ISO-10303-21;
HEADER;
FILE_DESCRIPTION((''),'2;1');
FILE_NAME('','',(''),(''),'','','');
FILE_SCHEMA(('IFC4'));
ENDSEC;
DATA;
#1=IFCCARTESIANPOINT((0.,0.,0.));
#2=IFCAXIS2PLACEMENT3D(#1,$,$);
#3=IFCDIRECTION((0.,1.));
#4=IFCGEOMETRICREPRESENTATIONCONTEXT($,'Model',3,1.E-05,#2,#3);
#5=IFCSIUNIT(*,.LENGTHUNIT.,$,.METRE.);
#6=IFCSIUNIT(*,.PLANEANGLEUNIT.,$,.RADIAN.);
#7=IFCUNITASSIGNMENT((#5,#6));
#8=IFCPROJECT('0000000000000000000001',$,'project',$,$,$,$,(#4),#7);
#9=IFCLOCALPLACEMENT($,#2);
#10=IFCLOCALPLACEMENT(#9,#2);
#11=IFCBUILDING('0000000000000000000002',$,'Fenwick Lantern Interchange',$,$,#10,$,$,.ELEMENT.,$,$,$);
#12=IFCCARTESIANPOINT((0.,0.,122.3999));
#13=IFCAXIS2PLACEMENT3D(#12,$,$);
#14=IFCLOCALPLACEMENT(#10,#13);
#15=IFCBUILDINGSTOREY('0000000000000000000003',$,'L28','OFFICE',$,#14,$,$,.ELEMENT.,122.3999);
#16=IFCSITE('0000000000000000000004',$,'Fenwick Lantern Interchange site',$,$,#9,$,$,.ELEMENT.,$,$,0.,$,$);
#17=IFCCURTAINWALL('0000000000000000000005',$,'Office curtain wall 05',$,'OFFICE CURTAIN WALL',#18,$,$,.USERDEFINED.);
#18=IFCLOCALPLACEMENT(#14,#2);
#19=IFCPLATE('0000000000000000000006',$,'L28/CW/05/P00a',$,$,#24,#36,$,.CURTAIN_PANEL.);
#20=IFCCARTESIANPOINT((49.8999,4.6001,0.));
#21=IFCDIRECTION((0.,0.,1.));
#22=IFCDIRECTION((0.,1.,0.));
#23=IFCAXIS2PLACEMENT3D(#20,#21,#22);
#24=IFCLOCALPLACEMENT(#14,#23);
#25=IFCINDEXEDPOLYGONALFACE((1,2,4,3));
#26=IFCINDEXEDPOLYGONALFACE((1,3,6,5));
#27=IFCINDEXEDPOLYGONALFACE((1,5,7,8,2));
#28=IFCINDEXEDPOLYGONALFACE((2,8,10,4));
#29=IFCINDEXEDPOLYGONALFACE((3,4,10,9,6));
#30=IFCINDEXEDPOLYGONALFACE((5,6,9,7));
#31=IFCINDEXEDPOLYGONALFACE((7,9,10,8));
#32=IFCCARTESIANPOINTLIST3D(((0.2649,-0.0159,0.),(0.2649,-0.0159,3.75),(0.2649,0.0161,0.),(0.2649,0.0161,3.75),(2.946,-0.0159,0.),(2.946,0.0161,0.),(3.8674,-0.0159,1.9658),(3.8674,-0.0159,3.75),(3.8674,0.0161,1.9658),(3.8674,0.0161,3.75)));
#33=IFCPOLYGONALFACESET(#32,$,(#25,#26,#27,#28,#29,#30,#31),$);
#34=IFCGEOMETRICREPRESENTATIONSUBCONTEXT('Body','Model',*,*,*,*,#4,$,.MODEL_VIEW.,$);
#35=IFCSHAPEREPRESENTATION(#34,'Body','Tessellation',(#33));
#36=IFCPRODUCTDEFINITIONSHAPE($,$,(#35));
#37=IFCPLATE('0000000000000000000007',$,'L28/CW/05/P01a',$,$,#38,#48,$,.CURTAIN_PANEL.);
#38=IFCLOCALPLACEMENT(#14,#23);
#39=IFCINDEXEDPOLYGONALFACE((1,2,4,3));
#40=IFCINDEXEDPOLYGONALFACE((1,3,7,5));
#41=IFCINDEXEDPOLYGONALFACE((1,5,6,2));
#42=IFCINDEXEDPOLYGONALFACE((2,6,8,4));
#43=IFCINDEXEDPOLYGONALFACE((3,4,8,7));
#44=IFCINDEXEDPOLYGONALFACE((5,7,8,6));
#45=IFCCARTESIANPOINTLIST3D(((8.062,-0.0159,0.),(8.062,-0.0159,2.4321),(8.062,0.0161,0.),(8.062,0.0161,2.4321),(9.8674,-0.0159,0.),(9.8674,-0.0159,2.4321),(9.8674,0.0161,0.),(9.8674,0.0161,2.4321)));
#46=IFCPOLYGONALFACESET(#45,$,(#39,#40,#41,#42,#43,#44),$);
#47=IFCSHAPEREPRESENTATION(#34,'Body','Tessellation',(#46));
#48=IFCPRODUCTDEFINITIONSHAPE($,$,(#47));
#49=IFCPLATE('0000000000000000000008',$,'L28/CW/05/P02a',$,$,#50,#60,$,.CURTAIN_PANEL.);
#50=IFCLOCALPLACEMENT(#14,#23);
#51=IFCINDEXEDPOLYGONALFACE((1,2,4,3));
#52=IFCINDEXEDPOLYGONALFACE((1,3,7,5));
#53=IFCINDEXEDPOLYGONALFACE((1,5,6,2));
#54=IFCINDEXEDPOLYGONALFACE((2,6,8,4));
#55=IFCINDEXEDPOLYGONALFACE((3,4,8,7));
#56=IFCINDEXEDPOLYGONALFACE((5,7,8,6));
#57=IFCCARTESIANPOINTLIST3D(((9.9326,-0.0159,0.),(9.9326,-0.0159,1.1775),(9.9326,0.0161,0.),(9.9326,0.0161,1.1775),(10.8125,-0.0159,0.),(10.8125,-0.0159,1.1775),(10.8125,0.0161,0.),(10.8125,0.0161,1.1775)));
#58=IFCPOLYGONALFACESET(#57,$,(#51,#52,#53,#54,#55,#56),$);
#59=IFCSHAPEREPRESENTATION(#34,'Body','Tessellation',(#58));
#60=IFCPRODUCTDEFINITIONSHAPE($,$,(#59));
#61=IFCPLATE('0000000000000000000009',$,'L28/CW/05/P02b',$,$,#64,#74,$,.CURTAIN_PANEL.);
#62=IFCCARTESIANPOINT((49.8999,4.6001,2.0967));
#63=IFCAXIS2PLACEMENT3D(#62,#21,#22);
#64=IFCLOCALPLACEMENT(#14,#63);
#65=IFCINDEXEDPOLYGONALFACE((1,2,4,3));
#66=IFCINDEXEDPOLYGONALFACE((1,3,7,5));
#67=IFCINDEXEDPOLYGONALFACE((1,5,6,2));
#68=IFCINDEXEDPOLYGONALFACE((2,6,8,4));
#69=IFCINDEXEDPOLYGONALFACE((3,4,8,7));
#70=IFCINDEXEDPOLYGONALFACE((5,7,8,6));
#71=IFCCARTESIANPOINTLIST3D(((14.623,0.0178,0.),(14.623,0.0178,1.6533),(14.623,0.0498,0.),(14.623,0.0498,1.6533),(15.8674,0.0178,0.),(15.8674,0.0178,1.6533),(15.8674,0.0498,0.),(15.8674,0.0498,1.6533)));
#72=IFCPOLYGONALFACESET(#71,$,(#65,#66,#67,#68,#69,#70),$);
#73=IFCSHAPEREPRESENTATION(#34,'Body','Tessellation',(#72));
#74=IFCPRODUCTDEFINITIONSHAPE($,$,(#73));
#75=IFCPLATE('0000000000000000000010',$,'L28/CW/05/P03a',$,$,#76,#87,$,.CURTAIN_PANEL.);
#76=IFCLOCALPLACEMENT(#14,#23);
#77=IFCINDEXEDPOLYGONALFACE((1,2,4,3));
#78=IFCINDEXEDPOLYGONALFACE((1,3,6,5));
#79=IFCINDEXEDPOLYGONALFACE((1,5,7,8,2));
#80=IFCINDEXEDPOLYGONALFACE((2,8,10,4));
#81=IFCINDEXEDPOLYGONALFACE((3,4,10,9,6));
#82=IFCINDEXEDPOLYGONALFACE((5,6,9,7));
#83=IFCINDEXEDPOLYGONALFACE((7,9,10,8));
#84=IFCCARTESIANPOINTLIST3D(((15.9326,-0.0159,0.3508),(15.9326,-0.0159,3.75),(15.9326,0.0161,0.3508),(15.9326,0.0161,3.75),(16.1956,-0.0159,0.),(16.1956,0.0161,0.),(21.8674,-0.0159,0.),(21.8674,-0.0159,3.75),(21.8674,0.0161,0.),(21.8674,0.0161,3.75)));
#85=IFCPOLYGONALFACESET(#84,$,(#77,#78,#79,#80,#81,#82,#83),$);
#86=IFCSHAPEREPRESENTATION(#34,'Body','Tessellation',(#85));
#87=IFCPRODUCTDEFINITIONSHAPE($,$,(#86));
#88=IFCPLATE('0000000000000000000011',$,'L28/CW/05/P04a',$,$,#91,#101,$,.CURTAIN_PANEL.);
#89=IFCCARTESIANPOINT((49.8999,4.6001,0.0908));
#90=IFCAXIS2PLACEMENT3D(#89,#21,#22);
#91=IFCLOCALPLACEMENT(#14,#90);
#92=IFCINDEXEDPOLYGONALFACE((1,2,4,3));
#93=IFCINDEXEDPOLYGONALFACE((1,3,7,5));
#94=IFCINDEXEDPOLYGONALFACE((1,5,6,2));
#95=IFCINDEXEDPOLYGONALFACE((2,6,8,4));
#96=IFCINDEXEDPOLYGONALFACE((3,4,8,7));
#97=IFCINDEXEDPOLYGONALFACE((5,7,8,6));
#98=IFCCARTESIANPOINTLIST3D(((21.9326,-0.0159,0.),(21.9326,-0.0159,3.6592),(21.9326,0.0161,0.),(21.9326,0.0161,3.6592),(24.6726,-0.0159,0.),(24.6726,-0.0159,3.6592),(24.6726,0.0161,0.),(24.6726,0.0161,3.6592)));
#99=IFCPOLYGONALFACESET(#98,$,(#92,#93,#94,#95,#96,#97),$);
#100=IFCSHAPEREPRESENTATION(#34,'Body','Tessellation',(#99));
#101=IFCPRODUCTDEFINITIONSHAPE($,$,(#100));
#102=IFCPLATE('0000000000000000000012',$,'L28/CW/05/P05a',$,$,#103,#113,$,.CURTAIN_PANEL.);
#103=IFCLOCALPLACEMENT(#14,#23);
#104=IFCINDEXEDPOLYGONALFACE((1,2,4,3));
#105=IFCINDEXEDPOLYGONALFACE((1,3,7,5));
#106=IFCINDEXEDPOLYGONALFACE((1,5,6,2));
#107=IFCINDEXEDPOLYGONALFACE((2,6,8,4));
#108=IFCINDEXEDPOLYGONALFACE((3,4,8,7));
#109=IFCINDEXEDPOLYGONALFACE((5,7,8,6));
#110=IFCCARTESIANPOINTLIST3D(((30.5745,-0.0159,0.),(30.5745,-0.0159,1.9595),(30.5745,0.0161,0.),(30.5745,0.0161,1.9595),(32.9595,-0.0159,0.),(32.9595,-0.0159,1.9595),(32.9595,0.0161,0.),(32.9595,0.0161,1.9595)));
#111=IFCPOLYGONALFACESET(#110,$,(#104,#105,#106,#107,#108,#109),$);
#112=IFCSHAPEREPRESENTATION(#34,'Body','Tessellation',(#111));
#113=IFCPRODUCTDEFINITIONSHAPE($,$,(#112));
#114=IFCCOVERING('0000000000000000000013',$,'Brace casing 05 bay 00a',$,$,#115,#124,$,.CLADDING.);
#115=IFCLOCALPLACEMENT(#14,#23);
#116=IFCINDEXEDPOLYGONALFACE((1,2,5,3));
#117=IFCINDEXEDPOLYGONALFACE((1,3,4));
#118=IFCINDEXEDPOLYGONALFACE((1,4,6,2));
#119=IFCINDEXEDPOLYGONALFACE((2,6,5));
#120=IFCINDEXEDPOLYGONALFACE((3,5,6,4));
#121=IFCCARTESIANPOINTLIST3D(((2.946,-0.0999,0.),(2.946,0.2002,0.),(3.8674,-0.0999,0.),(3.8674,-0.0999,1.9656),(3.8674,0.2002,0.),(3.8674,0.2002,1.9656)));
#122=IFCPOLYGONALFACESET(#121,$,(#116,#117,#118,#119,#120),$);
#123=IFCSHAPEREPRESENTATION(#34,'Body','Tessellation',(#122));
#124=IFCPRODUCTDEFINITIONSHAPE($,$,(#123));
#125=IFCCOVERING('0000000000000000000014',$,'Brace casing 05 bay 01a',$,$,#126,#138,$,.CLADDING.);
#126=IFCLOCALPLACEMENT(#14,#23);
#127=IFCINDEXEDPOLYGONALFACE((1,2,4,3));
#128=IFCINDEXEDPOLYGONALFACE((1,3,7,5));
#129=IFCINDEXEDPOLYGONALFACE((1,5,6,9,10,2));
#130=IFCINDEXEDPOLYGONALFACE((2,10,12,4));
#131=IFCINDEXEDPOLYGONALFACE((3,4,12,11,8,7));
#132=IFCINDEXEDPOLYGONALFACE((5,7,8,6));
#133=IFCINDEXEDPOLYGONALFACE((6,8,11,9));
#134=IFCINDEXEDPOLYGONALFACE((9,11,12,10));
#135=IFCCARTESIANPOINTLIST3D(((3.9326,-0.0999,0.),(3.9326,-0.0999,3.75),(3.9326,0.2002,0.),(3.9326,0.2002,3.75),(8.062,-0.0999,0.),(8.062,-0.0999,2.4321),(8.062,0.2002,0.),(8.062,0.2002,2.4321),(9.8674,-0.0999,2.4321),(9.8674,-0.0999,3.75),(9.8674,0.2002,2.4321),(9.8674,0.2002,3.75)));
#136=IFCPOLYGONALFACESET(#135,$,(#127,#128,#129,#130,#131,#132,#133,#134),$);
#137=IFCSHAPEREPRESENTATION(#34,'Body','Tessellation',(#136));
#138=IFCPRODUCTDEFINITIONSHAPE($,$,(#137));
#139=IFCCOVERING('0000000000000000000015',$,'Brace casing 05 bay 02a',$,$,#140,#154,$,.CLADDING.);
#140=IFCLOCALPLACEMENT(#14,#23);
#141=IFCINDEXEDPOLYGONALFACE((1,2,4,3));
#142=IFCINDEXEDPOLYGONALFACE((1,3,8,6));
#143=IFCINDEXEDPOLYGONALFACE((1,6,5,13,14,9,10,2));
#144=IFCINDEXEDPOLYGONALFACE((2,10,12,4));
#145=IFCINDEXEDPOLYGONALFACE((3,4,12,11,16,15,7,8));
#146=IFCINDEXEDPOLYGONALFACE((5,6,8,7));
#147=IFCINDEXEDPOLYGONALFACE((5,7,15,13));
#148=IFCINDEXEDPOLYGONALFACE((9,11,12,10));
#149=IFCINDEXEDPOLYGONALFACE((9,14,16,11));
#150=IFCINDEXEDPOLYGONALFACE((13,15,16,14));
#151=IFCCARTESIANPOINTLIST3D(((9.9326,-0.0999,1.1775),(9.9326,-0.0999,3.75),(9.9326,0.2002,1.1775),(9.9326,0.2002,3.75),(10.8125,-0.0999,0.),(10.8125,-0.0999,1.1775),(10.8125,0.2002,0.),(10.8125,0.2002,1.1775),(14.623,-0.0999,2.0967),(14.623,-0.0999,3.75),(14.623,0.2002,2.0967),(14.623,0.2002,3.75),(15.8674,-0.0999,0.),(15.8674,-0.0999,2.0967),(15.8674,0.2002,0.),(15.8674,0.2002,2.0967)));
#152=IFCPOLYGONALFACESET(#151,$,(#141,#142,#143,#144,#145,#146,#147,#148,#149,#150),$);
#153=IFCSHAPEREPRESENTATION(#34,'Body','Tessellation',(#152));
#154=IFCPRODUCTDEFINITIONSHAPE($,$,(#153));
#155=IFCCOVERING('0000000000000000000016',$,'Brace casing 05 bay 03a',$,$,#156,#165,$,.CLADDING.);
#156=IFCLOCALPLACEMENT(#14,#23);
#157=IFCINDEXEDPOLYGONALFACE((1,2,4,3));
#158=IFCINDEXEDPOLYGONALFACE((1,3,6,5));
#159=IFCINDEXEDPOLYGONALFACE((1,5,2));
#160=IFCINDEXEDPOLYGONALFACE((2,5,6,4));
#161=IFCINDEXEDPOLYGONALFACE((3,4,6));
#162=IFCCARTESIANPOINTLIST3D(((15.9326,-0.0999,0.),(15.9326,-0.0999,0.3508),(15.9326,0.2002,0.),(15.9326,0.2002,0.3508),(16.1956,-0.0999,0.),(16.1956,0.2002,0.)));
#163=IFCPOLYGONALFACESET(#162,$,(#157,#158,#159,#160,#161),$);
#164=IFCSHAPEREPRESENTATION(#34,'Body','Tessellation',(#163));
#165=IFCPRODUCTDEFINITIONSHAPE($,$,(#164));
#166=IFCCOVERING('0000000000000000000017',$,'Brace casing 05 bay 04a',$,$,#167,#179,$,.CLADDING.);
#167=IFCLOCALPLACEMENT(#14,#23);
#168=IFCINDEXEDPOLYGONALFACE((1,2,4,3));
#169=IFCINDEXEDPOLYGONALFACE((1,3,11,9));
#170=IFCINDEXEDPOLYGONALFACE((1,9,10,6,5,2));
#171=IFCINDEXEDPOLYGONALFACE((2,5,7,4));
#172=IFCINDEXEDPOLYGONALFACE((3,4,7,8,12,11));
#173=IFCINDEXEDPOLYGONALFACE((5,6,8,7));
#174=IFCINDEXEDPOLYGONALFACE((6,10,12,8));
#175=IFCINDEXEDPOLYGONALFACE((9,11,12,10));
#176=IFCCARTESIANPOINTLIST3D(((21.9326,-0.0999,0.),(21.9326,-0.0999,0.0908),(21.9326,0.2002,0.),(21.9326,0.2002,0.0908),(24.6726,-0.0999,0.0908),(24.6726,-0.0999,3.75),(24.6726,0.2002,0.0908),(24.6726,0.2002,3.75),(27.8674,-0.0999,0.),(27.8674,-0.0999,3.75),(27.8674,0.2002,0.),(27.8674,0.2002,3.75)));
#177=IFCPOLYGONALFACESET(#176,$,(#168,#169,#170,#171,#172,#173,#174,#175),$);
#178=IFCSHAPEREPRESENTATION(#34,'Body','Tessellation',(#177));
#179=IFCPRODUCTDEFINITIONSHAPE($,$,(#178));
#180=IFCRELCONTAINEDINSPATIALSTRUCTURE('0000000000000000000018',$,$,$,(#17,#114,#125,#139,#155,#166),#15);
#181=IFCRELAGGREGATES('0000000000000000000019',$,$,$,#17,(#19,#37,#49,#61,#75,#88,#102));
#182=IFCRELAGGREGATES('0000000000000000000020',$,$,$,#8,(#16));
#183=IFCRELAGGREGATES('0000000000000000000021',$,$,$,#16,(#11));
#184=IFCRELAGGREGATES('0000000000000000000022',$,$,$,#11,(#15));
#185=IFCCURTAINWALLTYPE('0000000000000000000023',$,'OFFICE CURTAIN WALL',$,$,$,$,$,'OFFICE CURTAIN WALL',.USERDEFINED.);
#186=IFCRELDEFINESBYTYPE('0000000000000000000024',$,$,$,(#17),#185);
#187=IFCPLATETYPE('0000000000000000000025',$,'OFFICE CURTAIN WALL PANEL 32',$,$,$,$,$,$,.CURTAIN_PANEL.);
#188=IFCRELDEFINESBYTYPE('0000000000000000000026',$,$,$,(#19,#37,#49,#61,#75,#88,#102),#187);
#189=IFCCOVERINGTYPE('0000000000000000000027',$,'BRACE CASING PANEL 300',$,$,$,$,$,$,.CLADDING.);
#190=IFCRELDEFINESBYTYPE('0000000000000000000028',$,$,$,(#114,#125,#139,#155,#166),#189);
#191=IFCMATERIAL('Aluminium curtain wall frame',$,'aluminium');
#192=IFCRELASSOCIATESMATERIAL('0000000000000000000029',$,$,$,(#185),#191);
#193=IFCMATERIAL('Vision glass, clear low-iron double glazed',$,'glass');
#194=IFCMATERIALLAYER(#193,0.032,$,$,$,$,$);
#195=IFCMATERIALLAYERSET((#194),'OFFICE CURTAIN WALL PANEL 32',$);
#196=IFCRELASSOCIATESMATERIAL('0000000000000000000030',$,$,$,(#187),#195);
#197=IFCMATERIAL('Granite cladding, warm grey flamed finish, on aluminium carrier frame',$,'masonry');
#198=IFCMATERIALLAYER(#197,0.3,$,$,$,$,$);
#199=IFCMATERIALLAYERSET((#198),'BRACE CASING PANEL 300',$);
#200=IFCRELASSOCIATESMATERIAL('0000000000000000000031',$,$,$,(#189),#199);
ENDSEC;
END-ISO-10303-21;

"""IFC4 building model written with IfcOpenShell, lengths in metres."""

from ifc_helpers import new_model, si_unit, direction, frame, origin, place, context, subcontext, project, spatial, polyline, outline, extrude, material, layer, layer_set, type_object, element, aggregate, save


model = new_model("IFC4")

# Units and contexts
model_context = context("Model", 3, precision=1e-05, world=origin(), true_north=direction((0.0, 1.0)))
body_context = subcontext(model_context, "Body", "Model", "MODEL_VIEW")
ifc_project = project(units=[si_unit("LENGTHUNIT", "METRE"), si_unit("PLANEANGLEUNIT", "RADIAN")], contexts=[model_context])

# Site, building, storey
site_placement = place(None, origin())
site = spatial("IfcSite", under=ifc_project, at=site_placement, Name="Fenwick Lantern Interchange site", CompositionType="ELEMENT", RefElevation=0.0)
building_placement = place(site_placement, origin())
building = spatial("IfcBuilding", under=site, at=building_placement, Name="Fenwick Lantern Interchange", CompositionType="ELEMENT")
storey_placement = place(building_placement, frame((0.0, 0.0, 122.3999)))
storey = spatial("IfcBuildingStorey", under=building, at=storey_placement, Name="L28", Description="OFFICE", CompositionType="ELEMENT", Elevation=122.3999)

# Shared definitions
ifc_material_1 = material(Name="Aluminium curtain wall frame", Category="aluminium")
curtain_wall_type = type_object("IfcCurtainWallType", Name="OFFICE CURTAIN WALL", ElementType="OFFICE CURTAIN WALL", PredefinedType="USERDEFINED", material=ifc_material_1)

# Shared definitions
ifc_material_2 = material(Name="Vision glass, clear low-iron double glazed", Category="glass")
ifc_layer_1 = layer(ifc_material_2, 0.032)
ifc_layer_set_1 = layer_set([ifc_layer_1], Name="OFFICE CURTAIN WALL PANEL 32")
plate_type = type_object("IfcPlateType", Name="OFFICE CURTAIN WALL PANEL 32", PredefinedType="CURTAIN_PANEL", material=ifc_layer_set_1)

# Curtain wall, plates
curtain_wall_1_placement = place(storey_placement, origin())
curtain_wall_1 = element("IfcCurtainWall", 1, at=curtain_wall_1_placement, inside=storey, type_object=curtain_wall_type, Name="Office curtain wall 05", ObjectType="OFFICE CURTAIN WALL", PredefinedType="USERDEFINED")
plate_1_placement = place(storey_placement, frame((49.8999, 4.6001, 0.0), z_axis=(0.0, 0.0, 1.0), x_axis=(0.0, 1.0, 0.0)))
plate_1 = element("IfcPlate", 2, at=plate_1_placement, type_object=plate_type, Name="L28/CW/05/P00a", PredefinedType="CURTAIN_PANEL", context=body_context, shape_type="SweptSolid", body=[
    extrude(outline(polyline([(0.2649, 0.0), (2.946, 0.0), (3.8674, 1.9658), (3.8674, 3.75), (0.2649, 3.75), (0.2649, 0.0)])), frame((0.0, 0.0161, 0.0), z_axis=(0.0, -1.0, 0.0), x_axis=(1.0, 0.0, 0.0)), (0.0, 0.0, 1.0), 0.032),
])
plate_2_placement = place(storey_placement, frame((49.8999, 4.6001, 0.0), z_axis=(0.0, 0.0, 1.0), x_axis=(0.0, 1.0, 0.0)))
plate_2 = element("IfcPlate", 3, at=plate_2_placement, type_object=plate_type, Name="L28/CW/05/P01a", PredefinedType="CURTAIN_PANEL", context=body_context, shape_type="SweptSolid", body=[
    extrude(outline(polyline([(8.062, 0.0), (9.8674, 0.0), (9.8674, 2.4321), (8.062, 2.4321), (8.062, 0.0)])), frame((0.0, 0.0161, 0.0), z_axis=(0.0, -1.0, 0.0), x_axis=(1.0, 0.0, 0.0)), (0.0, 0.0, 1.0), 0.032),
])
plate_3_placement = place(storey_placement, frame((49.8999, 4.6001, 0.0), z_axis=(0.0, 0.0, 1.0), x_axis=(0.0, 1.0, 0.0)))
plate_3 = element("IfcPlate", 4, at=plate_3_placement, type_object=plate_type, Name="L28/CW/05/P02a", PredefinedType="CURTAIN_PANEL", context=body_context, shape_type="SweptSolid", body=[
    extrude(outline(polyline([(9.9326, 0.0), (10.8125, 0.0), (10.8125, 1.1775), (9.9326, 1.1775), (9.9326, 0.0)])), frame((0.0, 0.0161, 0.0), z_axis=(0.0, -1.0, 0.0), x_axis=(1.0, 0.0, 0.0)), (0.0, 0.0, 1.0), 0.032),
])
plate_4_placement = place(storey_placement, frame((49.8999, 4.6001, 2.0967), z_axis=(0.0, 0.0, 1.0), x_axis=(0.0, 1.0, 0.0)))
plate_4 = element("IfcPlate", 5, at=plate_4_placement, type_object=plate_type, Name="L28/CW/05/P02b", PredefinedType="CURTAIN_PANEL", context=body_context, shape_type="SweptSolid", body=[
    extrude(outline(polyline([(14.623, 0.0), (15.8674, 0.0), (15.8674, 1.6533), (14.623, 1.6533), (14.623, 0.0)])), frame((0.0, 0.0498, 0.0), z_axis=(0.0, -1.0, 0.0), x_axis=(1.0, 0.0, 0.0)), (0.0, 0.0, 1.0), 0.032),
])
plate_5_placement = place(storey_placement, frame((49.8999, 4.6001, 0.0), z_axis=(0.0, 0.0, 1.0), x_axis=(0.0, 1.0, 0.0)))
plate_5 = element("IfcPlate", 6, at=plate_5_placement, type_object=plate_type, Name="L28/CW/05/P03a", PredefinedType="CURTAIN_PANEL", context=body_context, shape_type="SweptSolid", body=[
    extrude(outline(polyline([(16.1956, 0.0), (21.8674, 0.0), (21.8674, 3.75), (15.9326, 3.75), (15.9326, 0.3508), (16.1956, 0.0)])), frame((0.0, 0.0161, 0.0), z_axis=(0.0, -1.0, 0.0), x_axis=(1.0, 0.0, 0.0)), (0.0, 0.0, 1.0), 0.032),
])
plate_6_placement = place(storey_placement, frame((49.8999, 4.6001, 0.0908), z_axis=(0.0, 0.0, 1.0), x_axis=(0.0, 1.0, 0.0)))
plate_6 = element("IfcPlate", 7, at=plate_6_placement, type_object=plate_type, Name="L28/CW/05/P04a", PredefinedType="CURTAIN_PANEL", context=body_context, shape_type="SweptSolid", body=[
    extrude(outline(polyline([(21.9326, 0.0), (24.6726, 0.0), (24.6726, 3.6592), (21.9326, 3.6592), (21.9326, 0.0)])), frame((0.0, 0.0161, 0.0), z_axis=(0.0, -1.0, 0.0), x_axis=(1.0, 0.0, 0.0)), (0.0, 0.0, 1.0), 0.032),
])
plate_7_placement = place(storey_placement, frame((49.8999, 4.6001, 0.0), z_axis=(0.0, 0.0, 1.0), x_axis=(0.0, 1.0, 0.0)))
plate_7 = element("IfcPlate", 8, at=plate_7_placement, type_object=plate_type, Name="L28/CW/05/P05a", PredefinedType="CURTAIN_PANEL", context=body_context, shape_type="SweptSolid", body=[
    extrude(outline(polyline([(30.5745, 0.0), (32.9595, 0.0), (32.9595, 1.9595), (30.5745, 1.9595), (30.5745, 0.0)])), frame((0.0, 0.0161, 0.0), z_axis=(0.0, -1.0, 0.0), x_axis=(1.0, 0.0, 0.0)), (0.0, 0.0, 1.0), 0.032),
])
aggregate(curtain_wall_1, [plate_1, plate_2, plate_3, plate_4, plate_5, plate_6, plate_7])

# Coverings
ifc_material_3 = material(Name="Granite cladding, warm grey flamed finish, on aluminium carrier frame", Category="masonry")
ifc_layer_2 = layer(ifc_material_3, 0.3)
ifc_layer_set_2 = layer_set([ifc_layer_2], Name="BRACE CASING PANEL 300")
covering_type = type_object("IfcCoveringType", Name="BRACE CASING PANEL 300", PredefinedType="CLADDING", material=ifc_layer_set_2)
covering_1_placement = place(storey_placement, frame((49.8999, 4.6001, 0.0), z_axis=(0.0, 0.0, 1.0), x_axis=(0.0, 1.0, 0.0)))
element("IfcCovering", 9, at=covering_1_placement, inside=storey, type_object=covering_type, Name="Brace casing 05 bay 00a", PredefinedType="CLADDING", context=body_context, shape_type="SweptSolid", body=[
    extrude(outline(polyline([(2.946, 0.0), (3.8674, 0.0), (3.8674, 1.9656), (2.946, 0.0)])), frame((0.0, 0.2002, 0.0), z_axis=(0.0, -1.0, 0.0), x_axis=(1.0, 0.0, 0.0)), (0.0, 0.0, 1.0), 0.3),
])
covering_2_placement = place(storey_placement, frame((49.8999, 4.6001, 0.0), z_axis=(0.0, 0.0, 1.0), x_axis=(0.0, 1.0, 0.0)))
element("IfcCovering", 10, at=covering_2_placement, inside=storey, type_object=covering_type, Name="Brace casing 05 bay 01a", PredefinedType="CLADDING", context=body_context, shape_type="SweptSolid", body=[
    extrude(outline(polyline([(3.9326, 0.0), (8.062, 0.0), (8.062, 2.4321), (9.8674, 2.4321), (9.8674, 3.75), (3.9326, 3.75), (3.9326, 0.0)])), frame((0.0, 0.2002, 0.0), z_axis=(0.0, -1.0, 0.0), x_axis=(1.0, 0.0, 0.0)), (0.0, 0.0, 1.0), 0.3),
])
covering_3_placement = place(storey_placement, frame((49.8999, 4.6001, 0.0), z_axis=(0.0, 0.0, 1.0), x_axis=(0.0, 1.0, 0.0)))
element("IfcCovering", 11, at=covering_3_placement, inside=storey, type_object=covering_type, Name="Brace casing 05 bay 02a", PredefinedType="CLADDING", context=body_context, shape_type="SweptSolid", body=[
    extrude(outline(polyline([(10.8125, 0.0), (15.8674, 0.0), (15.8674, 2.0967), (14.623, 2.0967), (14.623, 3.75), (9.9326, 3.75), (9.9326, 1.1775), (10.8125, 1.1775), (10.8125, 0.0)])), frame((0.0, 0.2002, 0.0), z_axis=(0.0, -1.0, 0.0), x_axis=(1.0, 0.0, 0.0)), (0.0, 0.0, 1.0), 0.3),
])
covering_4_placement = place(storey_placement, frame((49.8999, 4.6001, 0.0), z_axis=(0.0, 0.0, 1.0), x_axis=(0.0, 1.0, 0.0)))
element("IfcCovering", 12, at=covering_4_placement, inside=storey, type_object=covering_type, Name="Brace casing 05 bay 03a", PredefinedType="CLADDING", context=body_context, shape_type="SweptSolid", body=[
    extrude(outline(polyline([(15.9326, 0.0), (16.1956, 0.0), (15.9326, 0.3508), (15.9326, 0.0)])), frame((0.0, 0.2002, 0.0), z_axis=(0.0, -1.0, 0.0), x_axis=(1.0, 0.0, 0.0)), (0.0, 0.0, 1.0), 0.3),
])
covering_5_placement = place(storey_placement, frame((49.8999, 4.6001, 0.0), z_axis=(0.0, 0.0, 1.0), x_axis=(0.0, 1.0, 0.0)))
element("IfcCovering", 13, at=covering_5_placement, inside=storey, type_object=covering_type, Name="Brace casing 05 bay 04a", PredefinedType="CLADDING", context=body_context, shape_type="SweptSolid", body=[
    extrude(outline(polyline([(21.9326, 0.0), (27.8674, 0.0), (27.8674, 3.75), (24.6726, 3.75), (24.6726, 0.0908), (21.9326, 0.0908), (21.9326, 0.0)])), frame((0.0, 0.2002, 0.0), z_axis=(0.0, -1.0, 0.0), x_axis=(1.0, 0.0, 0.0)), (0.0, 0.0, 1.0), 0.3),
])

save(model, "model.ifc")
